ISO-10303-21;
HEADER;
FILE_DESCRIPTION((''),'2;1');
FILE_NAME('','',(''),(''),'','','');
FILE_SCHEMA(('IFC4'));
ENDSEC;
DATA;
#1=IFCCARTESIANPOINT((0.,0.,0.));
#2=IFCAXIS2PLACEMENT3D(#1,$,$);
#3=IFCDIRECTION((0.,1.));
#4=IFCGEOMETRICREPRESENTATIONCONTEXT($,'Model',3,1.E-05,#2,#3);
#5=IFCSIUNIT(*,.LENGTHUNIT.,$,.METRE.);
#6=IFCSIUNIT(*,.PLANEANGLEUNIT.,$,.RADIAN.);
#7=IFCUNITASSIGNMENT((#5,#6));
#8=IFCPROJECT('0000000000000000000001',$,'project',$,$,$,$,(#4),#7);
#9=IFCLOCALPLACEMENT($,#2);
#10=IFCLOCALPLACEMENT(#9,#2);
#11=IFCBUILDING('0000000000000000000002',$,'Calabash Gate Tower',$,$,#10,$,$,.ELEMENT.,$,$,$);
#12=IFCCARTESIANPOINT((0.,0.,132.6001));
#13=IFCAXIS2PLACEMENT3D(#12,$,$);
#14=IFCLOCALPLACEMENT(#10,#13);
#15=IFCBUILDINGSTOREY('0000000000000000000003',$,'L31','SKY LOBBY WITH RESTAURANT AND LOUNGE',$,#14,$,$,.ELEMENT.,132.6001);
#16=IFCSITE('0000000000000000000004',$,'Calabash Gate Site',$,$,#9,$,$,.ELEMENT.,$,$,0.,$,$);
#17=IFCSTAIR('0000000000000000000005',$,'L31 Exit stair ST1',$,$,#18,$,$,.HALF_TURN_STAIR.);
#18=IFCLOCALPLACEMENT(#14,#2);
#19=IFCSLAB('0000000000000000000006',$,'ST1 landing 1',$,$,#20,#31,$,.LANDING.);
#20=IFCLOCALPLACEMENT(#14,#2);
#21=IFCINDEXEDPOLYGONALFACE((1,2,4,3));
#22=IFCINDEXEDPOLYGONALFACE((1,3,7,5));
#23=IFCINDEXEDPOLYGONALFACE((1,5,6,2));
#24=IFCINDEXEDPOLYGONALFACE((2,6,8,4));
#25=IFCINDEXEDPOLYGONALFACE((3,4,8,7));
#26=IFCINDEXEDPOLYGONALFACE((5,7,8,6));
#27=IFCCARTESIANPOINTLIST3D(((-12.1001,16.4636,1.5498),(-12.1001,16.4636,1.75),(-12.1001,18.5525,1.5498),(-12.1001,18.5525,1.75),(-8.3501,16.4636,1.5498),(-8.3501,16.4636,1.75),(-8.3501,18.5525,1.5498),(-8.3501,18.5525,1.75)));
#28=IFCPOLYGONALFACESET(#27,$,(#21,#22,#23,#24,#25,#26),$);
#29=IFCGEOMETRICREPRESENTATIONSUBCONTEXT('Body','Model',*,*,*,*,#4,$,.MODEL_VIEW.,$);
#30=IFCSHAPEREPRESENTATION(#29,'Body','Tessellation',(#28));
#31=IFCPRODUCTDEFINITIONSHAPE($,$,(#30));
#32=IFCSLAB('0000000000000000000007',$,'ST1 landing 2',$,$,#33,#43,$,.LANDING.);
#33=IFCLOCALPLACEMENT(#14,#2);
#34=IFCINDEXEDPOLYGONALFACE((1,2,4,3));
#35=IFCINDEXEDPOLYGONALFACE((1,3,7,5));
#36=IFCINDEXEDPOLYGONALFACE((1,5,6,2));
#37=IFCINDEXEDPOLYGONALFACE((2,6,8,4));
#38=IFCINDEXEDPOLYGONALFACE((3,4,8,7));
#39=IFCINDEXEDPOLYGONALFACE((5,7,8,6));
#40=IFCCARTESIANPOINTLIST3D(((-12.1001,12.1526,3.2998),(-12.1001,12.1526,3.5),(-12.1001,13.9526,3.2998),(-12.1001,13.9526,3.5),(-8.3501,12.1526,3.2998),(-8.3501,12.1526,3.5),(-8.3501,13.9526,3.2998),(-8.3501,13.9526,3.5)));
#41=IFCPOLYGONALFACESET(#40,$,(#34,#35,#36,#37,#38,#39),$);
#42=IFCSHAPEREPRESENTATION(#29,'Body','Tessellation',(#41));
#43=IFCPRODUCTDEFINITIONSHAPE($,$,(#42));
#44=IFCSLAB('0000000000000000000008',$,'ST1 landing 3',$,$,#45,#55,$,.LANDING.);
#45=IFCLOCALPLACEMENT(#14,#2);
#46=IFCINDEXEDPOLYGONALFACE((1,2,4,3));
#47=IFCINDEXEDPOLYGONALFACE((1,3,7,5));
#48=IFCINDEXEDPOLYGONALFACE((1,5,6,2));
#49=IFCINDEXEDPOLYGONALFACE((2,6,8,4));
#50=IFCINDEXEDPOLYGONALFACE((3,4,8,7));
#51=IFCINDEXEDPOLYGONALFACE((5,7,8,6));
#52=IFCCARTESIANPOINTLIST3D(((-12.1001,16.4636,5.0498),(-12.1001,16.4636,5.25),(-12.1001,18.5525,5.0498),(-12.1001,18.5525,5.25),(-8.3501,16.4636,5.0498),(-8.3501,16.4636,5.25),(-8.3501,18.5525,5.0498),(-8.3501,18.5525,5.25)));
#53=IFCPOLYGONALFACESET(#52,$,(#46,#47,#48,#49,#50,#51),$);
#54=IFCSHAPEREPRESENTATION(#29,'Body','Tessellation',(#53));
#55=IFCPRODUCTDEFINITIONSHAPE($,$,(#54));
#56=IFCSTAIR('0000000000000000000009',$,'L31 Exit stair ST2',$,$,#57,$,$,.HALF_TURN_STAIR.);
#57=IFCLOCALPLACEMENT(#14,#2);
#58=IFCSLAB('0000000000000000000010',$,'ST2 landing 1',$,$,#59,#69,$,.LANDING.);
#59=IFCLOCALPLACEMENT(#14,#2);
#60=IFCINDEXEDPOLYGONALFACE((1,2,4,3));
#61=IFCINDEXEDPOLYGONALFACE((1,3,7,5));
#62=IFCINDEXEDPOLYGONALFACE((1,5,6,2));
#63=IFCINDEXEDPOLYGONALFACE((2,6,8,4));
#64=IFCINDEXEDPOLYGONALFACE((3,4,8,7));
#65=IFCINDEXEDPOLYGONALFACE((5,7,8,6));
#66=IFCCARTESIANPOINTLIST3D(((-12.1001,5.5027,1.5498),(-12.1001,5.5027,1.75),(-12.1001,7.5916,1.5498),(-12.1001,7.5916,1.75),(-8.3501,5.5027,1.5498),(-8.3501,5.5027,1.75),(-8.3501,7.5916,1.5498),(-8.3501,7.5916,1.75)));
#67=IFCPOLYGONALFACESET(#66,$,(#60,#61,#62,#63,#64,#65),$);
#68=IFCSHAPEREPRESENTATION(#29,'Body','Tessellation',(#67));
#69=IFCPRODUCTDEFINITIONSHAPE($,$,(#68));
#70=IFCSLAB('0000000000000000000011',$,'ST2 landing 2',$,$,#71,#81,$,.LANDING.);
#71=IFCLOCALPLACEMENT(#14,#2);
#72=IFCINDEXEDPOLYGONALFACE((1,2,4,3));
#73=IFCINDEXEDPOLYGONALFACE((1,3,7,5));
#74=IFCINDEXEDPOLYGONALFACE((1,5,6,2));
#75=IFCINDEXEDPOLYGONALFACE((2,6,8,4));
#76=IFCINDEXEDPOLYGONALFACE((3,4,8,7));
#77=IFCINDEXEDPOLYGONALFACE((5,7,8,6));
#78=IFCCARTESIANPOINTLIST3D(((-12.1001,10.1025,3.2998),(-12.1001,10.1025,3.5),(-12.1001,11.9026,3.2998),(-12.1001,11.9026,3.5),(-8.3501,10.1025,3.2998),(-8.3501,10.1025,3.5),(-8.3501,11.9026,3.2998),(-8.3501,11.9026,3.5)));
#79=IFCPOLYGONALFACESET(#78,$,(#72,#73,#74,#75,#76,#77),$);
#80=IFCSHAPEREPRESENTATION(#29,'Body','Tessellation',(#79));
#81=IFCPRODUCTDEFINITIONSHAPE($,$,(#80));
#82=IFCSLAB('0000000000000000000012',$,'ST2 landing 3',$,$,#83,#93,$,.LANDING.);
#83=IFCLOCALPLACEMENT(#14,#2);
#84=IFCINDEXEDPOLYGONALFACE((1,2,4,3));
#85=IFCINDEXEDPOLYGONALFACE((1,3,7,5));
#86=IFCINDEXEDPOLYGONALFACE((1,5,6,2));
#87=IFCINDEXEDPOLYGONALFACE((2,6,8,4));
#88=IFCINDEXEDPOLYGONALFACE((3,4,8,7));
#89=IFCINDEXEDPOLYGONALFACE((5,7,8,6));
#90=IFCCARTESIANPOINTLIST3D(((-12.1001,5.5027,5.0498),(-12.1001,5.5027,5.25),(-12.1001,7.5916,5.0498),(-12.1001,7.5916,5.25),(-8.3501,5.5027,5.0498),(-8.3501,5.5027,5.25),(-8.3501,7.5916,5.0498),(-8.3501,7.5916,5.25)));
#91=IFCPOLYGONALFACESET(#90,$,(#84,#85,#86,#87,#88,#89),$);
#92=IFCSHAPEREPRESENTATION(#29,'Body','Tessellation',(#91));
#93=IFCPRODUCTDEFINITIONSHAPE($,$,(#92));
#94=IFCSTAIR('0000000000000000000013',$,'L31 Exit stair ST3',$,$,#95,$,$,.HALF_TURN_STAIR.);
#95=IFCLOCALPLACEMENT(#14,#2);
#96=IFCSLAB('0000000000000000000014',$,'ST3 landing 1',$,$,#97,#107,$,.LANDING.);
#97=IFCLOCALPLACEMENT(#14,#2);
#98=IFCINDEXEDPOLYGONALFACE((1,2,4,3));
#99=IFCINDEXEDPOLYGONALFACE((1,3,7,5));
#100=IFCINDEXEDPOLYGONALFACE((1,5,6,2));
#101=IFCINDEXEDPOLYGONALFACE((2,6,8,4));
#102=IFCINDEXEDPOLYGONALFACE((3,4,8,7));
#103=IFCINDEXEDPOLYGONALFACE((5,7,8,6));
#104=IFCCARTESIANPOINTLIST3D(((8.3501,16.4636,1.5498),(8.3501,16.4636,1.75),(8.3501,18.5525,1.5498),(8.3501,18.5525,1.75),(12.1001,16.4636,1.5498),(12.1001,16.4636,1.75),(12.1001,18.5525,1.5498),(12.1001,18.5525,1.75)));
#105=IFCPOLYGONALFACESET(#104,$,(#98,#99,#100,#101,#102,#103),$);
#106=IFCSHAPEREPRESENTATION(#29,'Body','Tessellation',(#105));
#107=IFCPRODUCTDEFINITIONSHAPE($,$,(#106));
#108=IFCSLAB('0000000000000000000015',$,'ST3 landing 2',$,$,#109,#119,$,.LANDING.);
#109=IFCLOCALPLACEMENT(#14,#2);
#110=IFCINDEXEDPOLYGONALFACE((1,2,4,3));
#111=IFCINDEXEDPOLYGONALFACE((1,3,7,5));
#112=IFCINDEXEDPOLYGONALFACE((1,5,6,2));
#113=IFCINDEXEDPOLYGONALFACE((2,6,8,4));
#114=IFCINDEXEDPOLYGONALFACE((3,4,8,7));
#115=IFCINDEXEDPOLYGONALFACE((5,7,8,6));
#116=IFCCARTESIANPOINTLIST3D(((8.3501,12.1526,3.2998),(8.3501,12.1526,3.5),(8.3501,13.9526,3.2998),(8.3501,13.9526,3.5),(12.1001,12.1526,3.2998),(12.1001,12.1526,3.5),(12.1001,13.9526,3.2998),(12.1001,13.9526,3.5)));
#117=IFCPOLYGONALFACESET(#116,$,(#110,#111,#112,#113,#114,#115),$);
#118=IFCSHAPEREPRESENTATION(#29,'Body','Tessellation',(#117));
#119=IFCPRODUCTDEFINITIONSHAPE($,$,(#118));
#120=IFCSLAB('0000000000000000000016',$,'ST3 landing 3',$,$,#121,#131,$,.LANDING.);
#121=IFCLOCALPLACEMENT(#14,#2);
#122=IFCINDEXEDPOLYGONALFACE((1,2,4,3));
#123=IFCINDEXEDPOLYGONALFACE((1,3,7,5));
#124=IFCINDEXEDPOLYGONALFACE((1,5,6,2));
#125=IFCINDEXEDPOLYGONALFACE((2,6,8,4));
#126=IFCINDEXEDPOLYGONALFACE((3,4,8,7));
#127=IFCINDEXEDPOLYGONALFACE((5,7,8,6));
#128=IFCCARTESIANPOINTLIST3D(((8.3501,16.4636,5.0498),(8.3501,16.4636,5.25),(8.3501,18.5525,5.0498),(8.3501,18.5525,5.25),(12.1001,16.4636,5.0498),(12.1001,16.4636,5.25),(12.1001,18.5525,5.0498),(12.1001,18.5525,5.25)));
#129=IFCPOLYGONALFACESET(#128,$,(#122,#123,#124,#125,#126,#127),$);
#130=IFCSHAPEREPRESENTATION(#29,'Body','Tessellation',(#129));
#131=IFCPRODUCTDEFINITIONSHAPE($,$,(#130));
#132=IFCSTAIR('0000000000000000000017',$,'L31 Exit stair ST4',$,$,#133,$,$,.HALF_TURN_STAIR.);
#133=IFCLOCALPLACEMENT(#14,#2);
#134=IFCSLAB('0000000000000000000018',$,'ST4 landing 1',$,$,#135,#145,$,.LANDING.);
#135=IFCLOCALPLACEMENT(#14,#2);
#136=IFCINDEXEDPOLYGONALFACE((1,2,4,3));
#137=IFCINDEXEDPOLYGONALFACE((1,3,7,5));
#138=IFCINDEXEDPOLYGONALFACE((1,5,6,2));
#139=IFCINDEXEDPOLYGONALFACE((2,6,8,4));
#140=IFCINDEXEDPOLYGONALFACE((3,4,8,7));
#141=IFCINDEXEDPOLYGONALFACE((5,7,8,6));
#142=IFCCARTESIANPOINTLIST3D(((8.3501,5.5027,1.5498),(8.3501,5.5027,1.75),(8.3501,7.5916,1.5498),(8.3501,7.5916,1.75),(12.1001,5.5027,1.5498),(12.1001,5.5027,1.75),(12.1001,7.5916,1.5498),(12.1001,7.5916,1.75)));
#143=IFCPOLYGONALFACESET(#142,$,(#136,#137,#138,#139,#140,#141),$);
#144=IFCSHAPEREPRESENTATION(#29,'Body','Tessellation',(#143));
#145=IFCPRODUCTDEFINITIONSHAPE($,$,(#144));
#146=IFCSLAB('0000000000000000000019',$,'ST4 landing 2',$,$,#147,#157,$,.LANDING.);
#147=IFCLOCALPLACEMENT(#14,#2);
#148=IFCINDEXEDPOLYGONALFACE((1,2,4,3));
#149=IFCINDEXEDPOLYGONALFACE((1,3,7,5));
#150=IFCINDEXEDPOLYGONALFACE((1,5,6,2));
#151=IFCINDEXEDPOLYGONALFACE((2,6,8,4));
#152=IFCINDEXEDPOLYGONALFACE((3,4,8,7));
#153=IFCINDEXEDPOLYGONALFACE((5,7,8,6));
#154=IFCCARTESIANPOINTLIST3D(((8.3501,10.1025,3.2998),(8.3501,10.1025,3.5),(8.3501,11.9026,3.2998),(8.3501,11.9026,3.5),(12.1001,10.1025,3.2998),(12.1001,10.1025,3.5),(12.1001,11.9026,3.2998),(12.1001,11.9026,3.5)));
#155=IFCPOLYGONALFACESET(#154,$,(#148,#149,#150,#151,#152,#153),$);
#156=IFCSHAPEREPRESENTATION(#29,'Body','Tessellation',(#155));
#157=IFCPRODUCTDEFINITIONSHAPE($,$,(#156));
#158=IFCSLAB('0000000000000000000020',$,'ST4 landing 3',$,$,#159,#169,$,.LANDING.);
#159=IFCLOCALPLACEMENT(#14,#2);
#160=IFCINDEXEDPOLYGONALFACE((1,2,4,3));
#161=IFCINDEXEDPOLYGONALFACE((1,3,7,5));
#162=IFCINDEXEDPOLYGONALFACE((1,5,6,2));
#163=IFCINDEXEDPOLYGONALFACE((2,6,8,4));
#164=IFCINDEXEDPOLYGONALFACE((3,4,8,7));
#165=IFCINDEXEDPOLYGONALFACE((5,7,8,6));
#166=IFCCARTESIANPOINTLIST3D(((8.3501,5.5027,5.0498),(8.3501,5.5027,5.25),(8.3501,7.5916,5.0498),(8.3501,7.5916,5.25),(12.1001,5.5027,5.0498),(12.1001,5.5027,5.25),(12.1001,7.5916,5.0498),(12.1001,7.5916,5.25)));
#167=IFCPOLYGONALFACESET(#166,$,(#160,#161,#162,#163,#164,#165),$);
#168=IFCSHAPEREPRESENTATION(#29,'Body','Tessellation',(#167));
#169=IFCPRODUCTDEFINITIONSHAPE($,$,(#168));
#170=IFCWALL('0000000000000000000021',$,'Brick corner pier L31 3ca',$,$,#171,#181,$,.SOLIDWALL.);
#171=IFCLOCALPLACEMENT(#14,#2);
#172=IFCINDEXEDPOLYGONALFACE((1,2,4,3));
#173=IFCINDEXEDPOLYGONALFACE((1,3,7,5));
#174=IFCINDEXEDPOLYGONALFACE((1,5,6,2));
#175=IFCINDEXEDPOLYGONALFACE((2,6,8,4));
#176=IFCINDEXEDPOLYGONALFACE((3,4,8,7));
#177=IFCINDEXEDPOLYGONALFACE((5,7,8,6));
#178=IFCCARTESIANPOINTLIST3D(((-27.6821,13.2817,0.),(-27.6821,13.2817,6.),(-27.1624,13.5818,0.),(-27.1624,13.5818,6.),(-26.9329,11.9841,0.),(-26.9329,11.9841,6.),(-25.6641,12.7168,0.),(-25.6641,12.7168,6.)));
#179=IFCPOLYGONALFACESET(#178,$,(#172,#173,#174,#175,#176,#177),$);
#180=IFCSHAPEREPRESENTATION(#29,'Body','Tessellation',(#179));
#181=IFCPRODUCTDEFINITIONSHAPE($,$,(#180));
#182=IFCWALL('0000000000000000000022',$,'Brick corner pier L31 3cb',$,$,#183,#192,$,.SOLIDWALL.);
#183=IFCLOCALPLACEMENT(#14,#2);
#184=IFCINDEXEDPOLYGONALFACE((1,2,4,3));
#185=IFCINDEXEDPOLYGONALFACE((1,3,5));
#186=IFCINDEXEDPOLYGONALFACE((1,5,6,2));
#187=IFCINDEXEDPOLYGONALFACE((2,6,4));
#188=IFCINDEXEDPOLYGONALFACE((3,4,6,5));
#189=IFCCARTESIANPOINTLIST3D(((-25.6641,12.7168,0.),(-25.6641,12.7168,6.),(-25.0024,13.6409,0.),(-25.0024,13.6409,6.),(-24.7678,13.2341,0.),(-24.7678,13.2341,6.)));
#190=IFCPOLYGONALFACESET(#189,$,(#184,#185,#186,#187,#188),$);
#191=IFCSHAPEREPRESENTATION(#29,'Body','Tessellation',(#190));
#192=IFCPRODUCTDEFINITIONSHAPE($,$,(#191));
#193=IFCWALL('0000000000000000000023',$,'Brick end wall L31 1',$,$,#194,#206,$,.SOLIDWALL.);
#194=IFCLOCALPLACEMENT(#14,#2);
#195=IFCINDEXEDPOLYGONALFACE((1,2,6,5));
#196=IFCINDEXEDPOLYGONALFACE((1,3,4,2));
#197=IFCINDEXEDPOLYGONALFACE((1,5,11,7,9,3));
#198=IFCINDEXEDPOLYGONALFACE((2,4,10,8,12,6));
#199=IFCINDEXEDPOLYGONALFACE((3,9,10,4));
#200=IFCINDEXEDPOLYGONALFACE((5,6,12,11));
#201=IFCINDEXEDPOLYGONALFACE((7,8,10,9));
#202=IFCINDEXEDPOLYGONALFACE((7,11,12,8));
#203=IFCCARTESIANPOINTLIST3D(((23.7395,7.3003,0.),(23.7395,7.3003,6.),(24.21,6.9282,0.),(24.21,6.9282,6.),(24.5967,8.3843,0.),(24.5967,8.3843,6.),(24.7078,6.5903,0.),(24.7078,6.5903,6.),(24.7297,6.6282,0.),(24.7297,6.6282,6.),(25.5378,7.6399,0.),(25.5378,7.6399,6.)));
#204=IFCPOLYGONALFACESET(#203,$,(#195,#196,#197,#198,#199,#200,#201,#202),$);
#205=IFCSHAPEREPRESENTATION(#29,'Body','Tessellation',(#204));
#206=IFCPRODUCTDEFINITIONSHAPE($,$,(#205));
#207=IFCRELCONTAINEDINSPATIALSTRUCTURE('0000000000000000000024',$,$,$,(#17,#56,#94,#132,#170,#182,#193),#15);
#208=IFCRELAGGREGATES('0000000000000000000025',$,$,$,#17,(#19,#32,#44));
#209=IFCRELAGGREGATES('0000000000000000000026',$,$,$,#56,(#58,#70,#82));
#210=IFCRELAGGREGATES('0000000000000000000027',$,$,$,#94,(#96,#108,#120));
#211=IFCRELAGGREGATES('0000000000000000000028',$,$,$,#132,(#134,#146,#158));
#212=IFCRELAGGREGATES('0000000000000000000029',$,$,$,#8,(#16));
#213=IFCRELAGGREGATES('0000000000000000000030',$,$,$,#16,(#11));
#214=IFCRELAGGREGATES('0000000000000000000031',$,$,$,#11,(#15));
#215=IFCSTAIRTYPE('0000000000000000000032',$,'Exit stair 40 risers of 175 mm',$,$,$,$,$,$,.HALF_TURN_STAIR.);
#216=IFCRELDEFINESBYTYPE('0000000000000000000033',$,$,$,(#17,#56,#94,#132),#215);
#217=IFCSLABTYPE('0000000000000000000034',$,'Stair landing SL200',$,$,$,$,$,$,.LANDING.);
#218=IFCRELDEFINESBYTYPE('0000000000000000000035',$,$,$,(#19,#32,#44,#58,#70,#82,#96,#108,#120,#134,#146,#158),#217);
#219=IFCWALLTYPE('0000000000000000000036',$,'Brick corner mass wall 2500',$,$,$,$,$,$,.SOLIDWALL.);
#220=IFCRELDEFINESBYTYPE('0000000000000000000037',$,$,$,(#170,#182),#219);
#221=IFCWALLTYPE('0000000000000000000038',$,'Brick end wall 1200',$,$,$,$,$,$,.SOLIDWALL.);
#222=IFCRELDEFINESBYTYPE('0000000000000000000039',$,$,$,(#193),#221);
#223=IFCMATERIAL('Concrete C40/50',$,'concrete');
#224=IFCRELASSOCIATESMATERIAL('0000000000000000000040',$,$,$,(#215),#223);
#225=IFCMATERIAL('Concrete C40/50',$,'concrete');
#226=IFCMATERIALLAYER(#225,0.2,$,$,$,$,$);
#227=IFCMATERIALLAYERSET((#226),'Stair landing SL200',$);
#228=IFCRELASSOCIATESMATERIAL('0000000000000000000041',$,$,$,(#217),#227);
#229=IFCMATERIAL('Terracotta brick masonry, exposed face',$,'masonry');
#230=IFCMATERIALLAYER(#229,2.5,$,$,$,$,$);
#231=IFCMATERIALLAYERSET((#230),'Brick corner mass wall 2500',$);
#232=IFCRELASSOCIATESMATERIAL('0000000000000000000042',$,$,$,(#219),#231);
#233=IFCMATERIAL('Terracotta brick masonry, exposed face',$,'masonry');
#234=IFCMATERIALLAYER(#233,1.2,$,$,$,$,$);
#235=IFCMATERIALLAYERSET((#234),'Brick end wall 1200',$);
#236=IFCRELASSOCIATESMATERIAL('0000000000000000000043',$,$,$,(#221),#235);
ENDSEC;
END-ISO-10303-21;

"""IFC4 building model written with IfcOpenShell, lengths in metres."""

from ifc_helpers import new_model, si_unit, direction, frame, origin, place, context, subcontext, project, spatial, polyline, outline, extrude, material, layer, layer_set, type_object, element, aggregate, save


model = new_model("IFC4")

# Units and contexts
model_context = context("Model", 3, precision=1e-05, world=origin(), true_north=direction((0.0, 1.0)))
body_context = subcontext(model_context, "Body", "Model", "MODEL_VIEW")
ifc_project = project(units=[si_unit("LENGTHUNIT", "METRE"), si_unit("PLANEANGLEUNIT", "RADIAN")], contexts=[model_context])

# Site, building, storey
site_placement = place(None, origin())
site = spatial("IfcSite", under=ifc_project, at=site_placement, Name="Calabash Gate Site", CompositionType="ELEMENT", RefElevation=0.0)
building_placement = place(site_placement, origin())
building = spatial("IfcBuilding", under=site, at=building_placement, Name="Calabash Gate Tower", CompositionType="ELEMENT")
storey_placement = place(building_placement, frame((0.0, 0.0, 132.6001)))
storey = spatial("IfcBuildingStorey", under=building, at=storey_placement, Name="L31", Description="SKY LOBBY WITH RESTAURANT AND LOUNGE", CompositionType="ELEMENT", Elevation=132.6001)

# Stairs, slabs
ifc_material_1 = material(Name="Concrete C40/50", Category="concrete")
stair_type = type_object("IfcStairType", Name="Exit stair 40 risers of 175 mm", PredefinedType="HALF_TURN_STAIR", material=ifc_material_1)
stair_1_placement = place(storey_placement, origin())
stair_1 = element("IfcStair", 1, at=stair_1_placement, inside=storey, type_object=stair_type, Name="L31 Exit stair ST1", PredefinedType="HALF_TURN_STAIR")
ifc_material_2 = material(Name="Concrete C40/50", Category="concrete")
ifc_layer_1 = layer(ifc_material_2, 0.2)
ifc_layer_set_1 = layer_set([ifc_layer_1], Name="Stair landing SL200")
slab_type = type_object("IfcSlabType", Name="Stair landing SL200", PredefinedType="LANDING", material=ifc_layer_set_1)
slab_1_placement = place(storey_placement, frame((0.0, 0.0, 1.5498)))
slab_1 = element("IfcSlab", 2, at=slab_1_placement, type_object=slab_type, Name="ST1 landing 1", PredefinedType="LANDING", context=body_context, shape_type="SweptSolid", body=[
    extrude(outline(polyline([(-8.3501, 16.4636), (-8.3501, 18.5525), (-12.1001, 18.5525), (-12.1001, 16.4636), (-8.3501, 16.4636)])), origin(), (0.0, 0.0, 1.0), 0.2002),
])
slab_2_placement = place(storey_placement, frame((0.0, 0.0, 3.2998)))
slab_2 = element("IfcSlab", 3, at=slab_2_placement, type_object=slab_type, Name="ST1 landing 2", PredefinedType="LANDING", context=body_context, shape_type="SweptSolid", body=[
    extrude(outline(polyline([(-8.3501, 12.1526), (-8.3501, 13.9526), (-12.1001, 13.9526), (-12.1001, 12.1526), (-8.3501, 12.1526)])), origin(), (0.0, 0.0, 1.0), 0.2002),
])
slab_3_placement = place(storey_placement, frame((0.0, 0.0, 5.0498)))
slab_3 = element("IfcSlab", 4, at=slab_3_placement, type_object=slab_type, Name="ST1 landing 3", PredefinedType="LANDING", context=body_context, shape_type="SweptSolid", body=[
    extrude(outline(polyline([(-8.3501, 16.4636), (-8.3501, 18.5525), (-12.1001, 18.5525), (-12.1001, 16.4636), (-8.3501, 16.4636)])), origin(), (0.0, 0.0, 1.0), 0.2002),
])
aggregate(stair_1, [slab_1, slab_2, slab_3])
stair_2_placement = place(storey_placement, origin())
stair_2 = element("IfcStair", 5, at=stair_2_placement, inside=storey, type_object=stair_type, Name="L31 Exit stair ST2", PredefinedType="HALF_TURN_STAIR")
slab_4_placement = place(storey_placement, frame((0.0, 0.0, 1.5498)))
slab_4 = element("IfcSlab", 6, at=slab_4_placement, type_object=slab_type, Name="ST2 landing 1", PredefinedType="LANDING", context=body_context, shape_type="SweptSolid", body=[
    extrude(outline(polyline([(-12.1001, 7.5916), (-12.1001, 5.5027), (-8.3501, 5.5027), (-8.3501, 7.5916), (-12.1001, 7.5916)])), origin(), (0.0, 0.0, 1.0), 0.2002),
])
slab_5_placement = place(storey_placement, frame((0.0, 0.0, 3.2998)))
slab_5 = element("IfcSlab", 7, at=slab_5_placement, type_object=slab_type, Name="ST2 landing 2", PredefinedType="LANDING", context=body_context, shape_type="SweptSolid", body=[
    extrude(outline(polyline([(-12.1001, 11.9026), (-12.1001, 10.1025), (-8.3501, 10.1025), (-8.3501, 11.9026), (-12.1001, 11.9026)])), origin(), (0.0, 0.0, 1.0), 0.2002),
])
slab_6_placement = place(storey_placement, frame((0.0, 0.0, 5.0498)))
slab_6 = element("IfcSlab", 8, at=slab_6_placement, type_object=slab_type, Name="ST2 landing 3", PredefinedType="LANDING", context=body_context, shape_type="SweptSolid", body=[
    extrude(outline(polyline([(-12.1001, 7.5916), (-12.1001, 5.5027), (-8.3501, 5.5027), (-8.3501, 7.5916), (-12.1001, 7.5916)])), origin(), (0.0, 0.0, 1.0), 0.2002),
])
aggregate(stair_2, [slab_4, slab_5, slab_6])
stair_3_placement = place(storey_placement, origin())
stair_3 = element("IfcStair", 9, at=stair_3_placement, inside=storey, type_object=stair_type, Name="L31 Exit stair ST3", PredefinedType="HALF_TURN_STAIR")
slab_7_placement = place(storey_placement, frame((0.0, 0.0, 1.5498)))
slab_7 = element("IfcSlab", 10, at=slab_7_placement, type_object=slab_type, Name="ST3 landing 1", PredefinedType="LANDING", context=body_context, shape_type="SweptSolid", body=[
    extrude(outline(polyline([(12.1001, 16.4636), (12.1001, 18.5525), (8.3501, 18.5525), (8.3501, 16.4636), (12.1001, 16.4636)])), origin(), (0.0, 0.0, 1.0), 0.2002),
])
slab_8_placement = place(storey_placement, frame((0.0, 0.0, 3.2998)))
slab_8 = element("IfcSlab", 11, at=slab_8_placement, type_object=slab_type, Name="ST3 landing 2", PredefinedType="LANDING", context=body_context, shape_type="SweptSolid", body=[
    extrude(outline(polyline([(12.1001, 12.1526), (12.1001, 13.9526), (8.3501, 13.9526), (8.3501, 12.1526), (12.1001, 12.1526)])), origin(), (0.0, 0.0, 1.0), 0.2002),
])
slab_9_placement = place(storey_placement, frame((0.0, 0.0, 5.0498)))
slab_9 = element("IfcSlab", 12, at=slab_9_placement, type_object=slab_type, Name="ST3 landing 3", PredefinedType="LANDING", context=body_context, shape_type="SweptSolid", body=[
    extrude(outline(polyline([(12.1001, 16.4636), (12.1001, 18.5525), (8.3501, 18.5525), (8.3501, 16.4636), (12.1001, 16.4636)])), origin(), (0.0, 0.0, 1.0), 0.2002),
])
aggregate(stair_3, [slab_7, slab_8, slab_9])
stair_4_placement = place(storey_placement, origin())
stair_4 = element("IfcStair", 13, at=stair_4_placement, inside=storey, type_object=stair_type, Name="L31 Exit stair ST4", PredefinedType="HALF_TURN_STAIR")
slab_10_placement = place(storey_placement, frame((0.0, 0.0, 1.5498)))
slab_10 = element("IfcSlab", 14, at=slab_10_placement, type_object=slab_type, Name="ST4 landing 1", PredefinedType="LANDING", context=body_context, shape_type="SweptSolid", body=[
    extrude(outline(polyline([(8.3501, 7.5916), (8.3501, 5.5027), (12.1001, 5.5027), (12.1001, 7.5916), (8.3501, 7.5916)])), origin(), (0.0, 0.0, 1.0), 0.2002),
])
slab_11_placement = place(storey_placement, frame((0.0, 0.0, 3.2998)))
slab_11 = element("IfcSlab", 15, at=slab_11_placement, type_object=slab_type, Name="ST4 landing 2", PredefinedType="LANDING", context=body_context, shape_type="SweptSolid", body=[
    extrude(outline(polyline([(8.3501, 11.9026), (8.3501, 10.1025), (12.1001, 10.1025), (12.1001, 11.9026), (8.3501, 11.9026)])), origin(), (0.0, 0.0, 1.0), 0.2002),
])
slab_12_placement = place(storey_placement, frame((0.0, 0.0, 5.0498)))
slab_12 = element("IfcSlab", 16, at=slab_12_placement, type_object=slab_type, Name="ST4 landing 3", PredefinedType="LANDING", context=body_context, shape_type="SweptSolid", body=[
    extrude(outline(polyline([(8.3501, 7.5916), (8.3501, 5.5027), (12.1001, 5.5027), (12.1001, 7.5916), (8.3501, 7.5916)])), origin(), (0.0, 0.0, 1.0), 0.2002),
])
aggregate(stair_4, [slab_10, slab_11, slab_12])

# Walls
ifc_material_3 = material(Name="Terracotta brick masonry, exposed face", Category="masonry")
ifc_layer_2 = layer(ifc_material_3, 2.5)
ifc_layer_set_2 = layer_set([ifc_layer_2], Name="Brick corner mass wall 2500")
wall_type_1 = type_object("IfcWallType", Name="Brick corner mass wall 2500", PredefinedType="SOLIDWALL", material=ifc_layer_set_2)
wall_1_placement = place(storey_placement, origin())
element("IfcWall", 17, at=wall_1_placement, inside=storey, type_object=wall_type_1, Name="Brick corner pier L31 3ca", PredefinedType="SOLIDWALL", context=body_context, shape_type="SweptSolid", body=[
    extrude(outline(polyline([(-27.1624, 13.5818), (-27.6821, 13.2817), (-26.9329, 11.9841), (-25.6641, 12.7168), (-27.1624, 13.5818)])), origin(), (0.0, 0.0, 1.0), 6.0),
])
wall_2_placement = place(storey_placement, origin())
element("IfcWall", 18, at=wall_2_placement, inside=storey, type_object=wall_type_1, Name="Brick corner pier L31 3cb", PredefinedType="SOLIDWALL", context=body_context, shape_type="SweptSolid", body=[
    extrude(outline(polyline([(-24.7678, 13.2341), (-25.0024, 13.6409), (-25.6641, 12.7168), (-24.7678, 13.2341)])), origin(), (0.0, 0.0, 1.0), 6.0),
])
ifc_material_4 = material(Name="Terracotta brick masonry, exposed face", Category="masonry")
ifc_layer_3 = layer(ifc_material_4, 1.2)
ifc_layer_set_3 = layer_set([ifc_layer_3], Name="Brick end wall 1200")
wall_type_2 = type_object("IfcWallType", Name="Brick end wall 1200", PredefinedType="SOLIDWALL", material=ifc_layer_set_3)
wall_3_placement = place(storey_placement, origin())
element("IfcWall", 19, at=wall_3_placement, inside=storey, type_object=wall_type_2, Name="Brick end wall L31 1", PredefinedType="SOLIDWALL", context=body_context, shape_type="SweptSolid", body=[
    extrude(outline(polyline([(24.5967, 8.3843), (23.7395, 7.3003), (24.21, 6.9282), (24.7297, 6.6282), (24.7078, 6.5903), (25.5378, 7.6399), (24.5967, 8.3843)])), origin(), (0.0, 0.0, 1.0), 6.0),
])

save(model, "model.ifc")
